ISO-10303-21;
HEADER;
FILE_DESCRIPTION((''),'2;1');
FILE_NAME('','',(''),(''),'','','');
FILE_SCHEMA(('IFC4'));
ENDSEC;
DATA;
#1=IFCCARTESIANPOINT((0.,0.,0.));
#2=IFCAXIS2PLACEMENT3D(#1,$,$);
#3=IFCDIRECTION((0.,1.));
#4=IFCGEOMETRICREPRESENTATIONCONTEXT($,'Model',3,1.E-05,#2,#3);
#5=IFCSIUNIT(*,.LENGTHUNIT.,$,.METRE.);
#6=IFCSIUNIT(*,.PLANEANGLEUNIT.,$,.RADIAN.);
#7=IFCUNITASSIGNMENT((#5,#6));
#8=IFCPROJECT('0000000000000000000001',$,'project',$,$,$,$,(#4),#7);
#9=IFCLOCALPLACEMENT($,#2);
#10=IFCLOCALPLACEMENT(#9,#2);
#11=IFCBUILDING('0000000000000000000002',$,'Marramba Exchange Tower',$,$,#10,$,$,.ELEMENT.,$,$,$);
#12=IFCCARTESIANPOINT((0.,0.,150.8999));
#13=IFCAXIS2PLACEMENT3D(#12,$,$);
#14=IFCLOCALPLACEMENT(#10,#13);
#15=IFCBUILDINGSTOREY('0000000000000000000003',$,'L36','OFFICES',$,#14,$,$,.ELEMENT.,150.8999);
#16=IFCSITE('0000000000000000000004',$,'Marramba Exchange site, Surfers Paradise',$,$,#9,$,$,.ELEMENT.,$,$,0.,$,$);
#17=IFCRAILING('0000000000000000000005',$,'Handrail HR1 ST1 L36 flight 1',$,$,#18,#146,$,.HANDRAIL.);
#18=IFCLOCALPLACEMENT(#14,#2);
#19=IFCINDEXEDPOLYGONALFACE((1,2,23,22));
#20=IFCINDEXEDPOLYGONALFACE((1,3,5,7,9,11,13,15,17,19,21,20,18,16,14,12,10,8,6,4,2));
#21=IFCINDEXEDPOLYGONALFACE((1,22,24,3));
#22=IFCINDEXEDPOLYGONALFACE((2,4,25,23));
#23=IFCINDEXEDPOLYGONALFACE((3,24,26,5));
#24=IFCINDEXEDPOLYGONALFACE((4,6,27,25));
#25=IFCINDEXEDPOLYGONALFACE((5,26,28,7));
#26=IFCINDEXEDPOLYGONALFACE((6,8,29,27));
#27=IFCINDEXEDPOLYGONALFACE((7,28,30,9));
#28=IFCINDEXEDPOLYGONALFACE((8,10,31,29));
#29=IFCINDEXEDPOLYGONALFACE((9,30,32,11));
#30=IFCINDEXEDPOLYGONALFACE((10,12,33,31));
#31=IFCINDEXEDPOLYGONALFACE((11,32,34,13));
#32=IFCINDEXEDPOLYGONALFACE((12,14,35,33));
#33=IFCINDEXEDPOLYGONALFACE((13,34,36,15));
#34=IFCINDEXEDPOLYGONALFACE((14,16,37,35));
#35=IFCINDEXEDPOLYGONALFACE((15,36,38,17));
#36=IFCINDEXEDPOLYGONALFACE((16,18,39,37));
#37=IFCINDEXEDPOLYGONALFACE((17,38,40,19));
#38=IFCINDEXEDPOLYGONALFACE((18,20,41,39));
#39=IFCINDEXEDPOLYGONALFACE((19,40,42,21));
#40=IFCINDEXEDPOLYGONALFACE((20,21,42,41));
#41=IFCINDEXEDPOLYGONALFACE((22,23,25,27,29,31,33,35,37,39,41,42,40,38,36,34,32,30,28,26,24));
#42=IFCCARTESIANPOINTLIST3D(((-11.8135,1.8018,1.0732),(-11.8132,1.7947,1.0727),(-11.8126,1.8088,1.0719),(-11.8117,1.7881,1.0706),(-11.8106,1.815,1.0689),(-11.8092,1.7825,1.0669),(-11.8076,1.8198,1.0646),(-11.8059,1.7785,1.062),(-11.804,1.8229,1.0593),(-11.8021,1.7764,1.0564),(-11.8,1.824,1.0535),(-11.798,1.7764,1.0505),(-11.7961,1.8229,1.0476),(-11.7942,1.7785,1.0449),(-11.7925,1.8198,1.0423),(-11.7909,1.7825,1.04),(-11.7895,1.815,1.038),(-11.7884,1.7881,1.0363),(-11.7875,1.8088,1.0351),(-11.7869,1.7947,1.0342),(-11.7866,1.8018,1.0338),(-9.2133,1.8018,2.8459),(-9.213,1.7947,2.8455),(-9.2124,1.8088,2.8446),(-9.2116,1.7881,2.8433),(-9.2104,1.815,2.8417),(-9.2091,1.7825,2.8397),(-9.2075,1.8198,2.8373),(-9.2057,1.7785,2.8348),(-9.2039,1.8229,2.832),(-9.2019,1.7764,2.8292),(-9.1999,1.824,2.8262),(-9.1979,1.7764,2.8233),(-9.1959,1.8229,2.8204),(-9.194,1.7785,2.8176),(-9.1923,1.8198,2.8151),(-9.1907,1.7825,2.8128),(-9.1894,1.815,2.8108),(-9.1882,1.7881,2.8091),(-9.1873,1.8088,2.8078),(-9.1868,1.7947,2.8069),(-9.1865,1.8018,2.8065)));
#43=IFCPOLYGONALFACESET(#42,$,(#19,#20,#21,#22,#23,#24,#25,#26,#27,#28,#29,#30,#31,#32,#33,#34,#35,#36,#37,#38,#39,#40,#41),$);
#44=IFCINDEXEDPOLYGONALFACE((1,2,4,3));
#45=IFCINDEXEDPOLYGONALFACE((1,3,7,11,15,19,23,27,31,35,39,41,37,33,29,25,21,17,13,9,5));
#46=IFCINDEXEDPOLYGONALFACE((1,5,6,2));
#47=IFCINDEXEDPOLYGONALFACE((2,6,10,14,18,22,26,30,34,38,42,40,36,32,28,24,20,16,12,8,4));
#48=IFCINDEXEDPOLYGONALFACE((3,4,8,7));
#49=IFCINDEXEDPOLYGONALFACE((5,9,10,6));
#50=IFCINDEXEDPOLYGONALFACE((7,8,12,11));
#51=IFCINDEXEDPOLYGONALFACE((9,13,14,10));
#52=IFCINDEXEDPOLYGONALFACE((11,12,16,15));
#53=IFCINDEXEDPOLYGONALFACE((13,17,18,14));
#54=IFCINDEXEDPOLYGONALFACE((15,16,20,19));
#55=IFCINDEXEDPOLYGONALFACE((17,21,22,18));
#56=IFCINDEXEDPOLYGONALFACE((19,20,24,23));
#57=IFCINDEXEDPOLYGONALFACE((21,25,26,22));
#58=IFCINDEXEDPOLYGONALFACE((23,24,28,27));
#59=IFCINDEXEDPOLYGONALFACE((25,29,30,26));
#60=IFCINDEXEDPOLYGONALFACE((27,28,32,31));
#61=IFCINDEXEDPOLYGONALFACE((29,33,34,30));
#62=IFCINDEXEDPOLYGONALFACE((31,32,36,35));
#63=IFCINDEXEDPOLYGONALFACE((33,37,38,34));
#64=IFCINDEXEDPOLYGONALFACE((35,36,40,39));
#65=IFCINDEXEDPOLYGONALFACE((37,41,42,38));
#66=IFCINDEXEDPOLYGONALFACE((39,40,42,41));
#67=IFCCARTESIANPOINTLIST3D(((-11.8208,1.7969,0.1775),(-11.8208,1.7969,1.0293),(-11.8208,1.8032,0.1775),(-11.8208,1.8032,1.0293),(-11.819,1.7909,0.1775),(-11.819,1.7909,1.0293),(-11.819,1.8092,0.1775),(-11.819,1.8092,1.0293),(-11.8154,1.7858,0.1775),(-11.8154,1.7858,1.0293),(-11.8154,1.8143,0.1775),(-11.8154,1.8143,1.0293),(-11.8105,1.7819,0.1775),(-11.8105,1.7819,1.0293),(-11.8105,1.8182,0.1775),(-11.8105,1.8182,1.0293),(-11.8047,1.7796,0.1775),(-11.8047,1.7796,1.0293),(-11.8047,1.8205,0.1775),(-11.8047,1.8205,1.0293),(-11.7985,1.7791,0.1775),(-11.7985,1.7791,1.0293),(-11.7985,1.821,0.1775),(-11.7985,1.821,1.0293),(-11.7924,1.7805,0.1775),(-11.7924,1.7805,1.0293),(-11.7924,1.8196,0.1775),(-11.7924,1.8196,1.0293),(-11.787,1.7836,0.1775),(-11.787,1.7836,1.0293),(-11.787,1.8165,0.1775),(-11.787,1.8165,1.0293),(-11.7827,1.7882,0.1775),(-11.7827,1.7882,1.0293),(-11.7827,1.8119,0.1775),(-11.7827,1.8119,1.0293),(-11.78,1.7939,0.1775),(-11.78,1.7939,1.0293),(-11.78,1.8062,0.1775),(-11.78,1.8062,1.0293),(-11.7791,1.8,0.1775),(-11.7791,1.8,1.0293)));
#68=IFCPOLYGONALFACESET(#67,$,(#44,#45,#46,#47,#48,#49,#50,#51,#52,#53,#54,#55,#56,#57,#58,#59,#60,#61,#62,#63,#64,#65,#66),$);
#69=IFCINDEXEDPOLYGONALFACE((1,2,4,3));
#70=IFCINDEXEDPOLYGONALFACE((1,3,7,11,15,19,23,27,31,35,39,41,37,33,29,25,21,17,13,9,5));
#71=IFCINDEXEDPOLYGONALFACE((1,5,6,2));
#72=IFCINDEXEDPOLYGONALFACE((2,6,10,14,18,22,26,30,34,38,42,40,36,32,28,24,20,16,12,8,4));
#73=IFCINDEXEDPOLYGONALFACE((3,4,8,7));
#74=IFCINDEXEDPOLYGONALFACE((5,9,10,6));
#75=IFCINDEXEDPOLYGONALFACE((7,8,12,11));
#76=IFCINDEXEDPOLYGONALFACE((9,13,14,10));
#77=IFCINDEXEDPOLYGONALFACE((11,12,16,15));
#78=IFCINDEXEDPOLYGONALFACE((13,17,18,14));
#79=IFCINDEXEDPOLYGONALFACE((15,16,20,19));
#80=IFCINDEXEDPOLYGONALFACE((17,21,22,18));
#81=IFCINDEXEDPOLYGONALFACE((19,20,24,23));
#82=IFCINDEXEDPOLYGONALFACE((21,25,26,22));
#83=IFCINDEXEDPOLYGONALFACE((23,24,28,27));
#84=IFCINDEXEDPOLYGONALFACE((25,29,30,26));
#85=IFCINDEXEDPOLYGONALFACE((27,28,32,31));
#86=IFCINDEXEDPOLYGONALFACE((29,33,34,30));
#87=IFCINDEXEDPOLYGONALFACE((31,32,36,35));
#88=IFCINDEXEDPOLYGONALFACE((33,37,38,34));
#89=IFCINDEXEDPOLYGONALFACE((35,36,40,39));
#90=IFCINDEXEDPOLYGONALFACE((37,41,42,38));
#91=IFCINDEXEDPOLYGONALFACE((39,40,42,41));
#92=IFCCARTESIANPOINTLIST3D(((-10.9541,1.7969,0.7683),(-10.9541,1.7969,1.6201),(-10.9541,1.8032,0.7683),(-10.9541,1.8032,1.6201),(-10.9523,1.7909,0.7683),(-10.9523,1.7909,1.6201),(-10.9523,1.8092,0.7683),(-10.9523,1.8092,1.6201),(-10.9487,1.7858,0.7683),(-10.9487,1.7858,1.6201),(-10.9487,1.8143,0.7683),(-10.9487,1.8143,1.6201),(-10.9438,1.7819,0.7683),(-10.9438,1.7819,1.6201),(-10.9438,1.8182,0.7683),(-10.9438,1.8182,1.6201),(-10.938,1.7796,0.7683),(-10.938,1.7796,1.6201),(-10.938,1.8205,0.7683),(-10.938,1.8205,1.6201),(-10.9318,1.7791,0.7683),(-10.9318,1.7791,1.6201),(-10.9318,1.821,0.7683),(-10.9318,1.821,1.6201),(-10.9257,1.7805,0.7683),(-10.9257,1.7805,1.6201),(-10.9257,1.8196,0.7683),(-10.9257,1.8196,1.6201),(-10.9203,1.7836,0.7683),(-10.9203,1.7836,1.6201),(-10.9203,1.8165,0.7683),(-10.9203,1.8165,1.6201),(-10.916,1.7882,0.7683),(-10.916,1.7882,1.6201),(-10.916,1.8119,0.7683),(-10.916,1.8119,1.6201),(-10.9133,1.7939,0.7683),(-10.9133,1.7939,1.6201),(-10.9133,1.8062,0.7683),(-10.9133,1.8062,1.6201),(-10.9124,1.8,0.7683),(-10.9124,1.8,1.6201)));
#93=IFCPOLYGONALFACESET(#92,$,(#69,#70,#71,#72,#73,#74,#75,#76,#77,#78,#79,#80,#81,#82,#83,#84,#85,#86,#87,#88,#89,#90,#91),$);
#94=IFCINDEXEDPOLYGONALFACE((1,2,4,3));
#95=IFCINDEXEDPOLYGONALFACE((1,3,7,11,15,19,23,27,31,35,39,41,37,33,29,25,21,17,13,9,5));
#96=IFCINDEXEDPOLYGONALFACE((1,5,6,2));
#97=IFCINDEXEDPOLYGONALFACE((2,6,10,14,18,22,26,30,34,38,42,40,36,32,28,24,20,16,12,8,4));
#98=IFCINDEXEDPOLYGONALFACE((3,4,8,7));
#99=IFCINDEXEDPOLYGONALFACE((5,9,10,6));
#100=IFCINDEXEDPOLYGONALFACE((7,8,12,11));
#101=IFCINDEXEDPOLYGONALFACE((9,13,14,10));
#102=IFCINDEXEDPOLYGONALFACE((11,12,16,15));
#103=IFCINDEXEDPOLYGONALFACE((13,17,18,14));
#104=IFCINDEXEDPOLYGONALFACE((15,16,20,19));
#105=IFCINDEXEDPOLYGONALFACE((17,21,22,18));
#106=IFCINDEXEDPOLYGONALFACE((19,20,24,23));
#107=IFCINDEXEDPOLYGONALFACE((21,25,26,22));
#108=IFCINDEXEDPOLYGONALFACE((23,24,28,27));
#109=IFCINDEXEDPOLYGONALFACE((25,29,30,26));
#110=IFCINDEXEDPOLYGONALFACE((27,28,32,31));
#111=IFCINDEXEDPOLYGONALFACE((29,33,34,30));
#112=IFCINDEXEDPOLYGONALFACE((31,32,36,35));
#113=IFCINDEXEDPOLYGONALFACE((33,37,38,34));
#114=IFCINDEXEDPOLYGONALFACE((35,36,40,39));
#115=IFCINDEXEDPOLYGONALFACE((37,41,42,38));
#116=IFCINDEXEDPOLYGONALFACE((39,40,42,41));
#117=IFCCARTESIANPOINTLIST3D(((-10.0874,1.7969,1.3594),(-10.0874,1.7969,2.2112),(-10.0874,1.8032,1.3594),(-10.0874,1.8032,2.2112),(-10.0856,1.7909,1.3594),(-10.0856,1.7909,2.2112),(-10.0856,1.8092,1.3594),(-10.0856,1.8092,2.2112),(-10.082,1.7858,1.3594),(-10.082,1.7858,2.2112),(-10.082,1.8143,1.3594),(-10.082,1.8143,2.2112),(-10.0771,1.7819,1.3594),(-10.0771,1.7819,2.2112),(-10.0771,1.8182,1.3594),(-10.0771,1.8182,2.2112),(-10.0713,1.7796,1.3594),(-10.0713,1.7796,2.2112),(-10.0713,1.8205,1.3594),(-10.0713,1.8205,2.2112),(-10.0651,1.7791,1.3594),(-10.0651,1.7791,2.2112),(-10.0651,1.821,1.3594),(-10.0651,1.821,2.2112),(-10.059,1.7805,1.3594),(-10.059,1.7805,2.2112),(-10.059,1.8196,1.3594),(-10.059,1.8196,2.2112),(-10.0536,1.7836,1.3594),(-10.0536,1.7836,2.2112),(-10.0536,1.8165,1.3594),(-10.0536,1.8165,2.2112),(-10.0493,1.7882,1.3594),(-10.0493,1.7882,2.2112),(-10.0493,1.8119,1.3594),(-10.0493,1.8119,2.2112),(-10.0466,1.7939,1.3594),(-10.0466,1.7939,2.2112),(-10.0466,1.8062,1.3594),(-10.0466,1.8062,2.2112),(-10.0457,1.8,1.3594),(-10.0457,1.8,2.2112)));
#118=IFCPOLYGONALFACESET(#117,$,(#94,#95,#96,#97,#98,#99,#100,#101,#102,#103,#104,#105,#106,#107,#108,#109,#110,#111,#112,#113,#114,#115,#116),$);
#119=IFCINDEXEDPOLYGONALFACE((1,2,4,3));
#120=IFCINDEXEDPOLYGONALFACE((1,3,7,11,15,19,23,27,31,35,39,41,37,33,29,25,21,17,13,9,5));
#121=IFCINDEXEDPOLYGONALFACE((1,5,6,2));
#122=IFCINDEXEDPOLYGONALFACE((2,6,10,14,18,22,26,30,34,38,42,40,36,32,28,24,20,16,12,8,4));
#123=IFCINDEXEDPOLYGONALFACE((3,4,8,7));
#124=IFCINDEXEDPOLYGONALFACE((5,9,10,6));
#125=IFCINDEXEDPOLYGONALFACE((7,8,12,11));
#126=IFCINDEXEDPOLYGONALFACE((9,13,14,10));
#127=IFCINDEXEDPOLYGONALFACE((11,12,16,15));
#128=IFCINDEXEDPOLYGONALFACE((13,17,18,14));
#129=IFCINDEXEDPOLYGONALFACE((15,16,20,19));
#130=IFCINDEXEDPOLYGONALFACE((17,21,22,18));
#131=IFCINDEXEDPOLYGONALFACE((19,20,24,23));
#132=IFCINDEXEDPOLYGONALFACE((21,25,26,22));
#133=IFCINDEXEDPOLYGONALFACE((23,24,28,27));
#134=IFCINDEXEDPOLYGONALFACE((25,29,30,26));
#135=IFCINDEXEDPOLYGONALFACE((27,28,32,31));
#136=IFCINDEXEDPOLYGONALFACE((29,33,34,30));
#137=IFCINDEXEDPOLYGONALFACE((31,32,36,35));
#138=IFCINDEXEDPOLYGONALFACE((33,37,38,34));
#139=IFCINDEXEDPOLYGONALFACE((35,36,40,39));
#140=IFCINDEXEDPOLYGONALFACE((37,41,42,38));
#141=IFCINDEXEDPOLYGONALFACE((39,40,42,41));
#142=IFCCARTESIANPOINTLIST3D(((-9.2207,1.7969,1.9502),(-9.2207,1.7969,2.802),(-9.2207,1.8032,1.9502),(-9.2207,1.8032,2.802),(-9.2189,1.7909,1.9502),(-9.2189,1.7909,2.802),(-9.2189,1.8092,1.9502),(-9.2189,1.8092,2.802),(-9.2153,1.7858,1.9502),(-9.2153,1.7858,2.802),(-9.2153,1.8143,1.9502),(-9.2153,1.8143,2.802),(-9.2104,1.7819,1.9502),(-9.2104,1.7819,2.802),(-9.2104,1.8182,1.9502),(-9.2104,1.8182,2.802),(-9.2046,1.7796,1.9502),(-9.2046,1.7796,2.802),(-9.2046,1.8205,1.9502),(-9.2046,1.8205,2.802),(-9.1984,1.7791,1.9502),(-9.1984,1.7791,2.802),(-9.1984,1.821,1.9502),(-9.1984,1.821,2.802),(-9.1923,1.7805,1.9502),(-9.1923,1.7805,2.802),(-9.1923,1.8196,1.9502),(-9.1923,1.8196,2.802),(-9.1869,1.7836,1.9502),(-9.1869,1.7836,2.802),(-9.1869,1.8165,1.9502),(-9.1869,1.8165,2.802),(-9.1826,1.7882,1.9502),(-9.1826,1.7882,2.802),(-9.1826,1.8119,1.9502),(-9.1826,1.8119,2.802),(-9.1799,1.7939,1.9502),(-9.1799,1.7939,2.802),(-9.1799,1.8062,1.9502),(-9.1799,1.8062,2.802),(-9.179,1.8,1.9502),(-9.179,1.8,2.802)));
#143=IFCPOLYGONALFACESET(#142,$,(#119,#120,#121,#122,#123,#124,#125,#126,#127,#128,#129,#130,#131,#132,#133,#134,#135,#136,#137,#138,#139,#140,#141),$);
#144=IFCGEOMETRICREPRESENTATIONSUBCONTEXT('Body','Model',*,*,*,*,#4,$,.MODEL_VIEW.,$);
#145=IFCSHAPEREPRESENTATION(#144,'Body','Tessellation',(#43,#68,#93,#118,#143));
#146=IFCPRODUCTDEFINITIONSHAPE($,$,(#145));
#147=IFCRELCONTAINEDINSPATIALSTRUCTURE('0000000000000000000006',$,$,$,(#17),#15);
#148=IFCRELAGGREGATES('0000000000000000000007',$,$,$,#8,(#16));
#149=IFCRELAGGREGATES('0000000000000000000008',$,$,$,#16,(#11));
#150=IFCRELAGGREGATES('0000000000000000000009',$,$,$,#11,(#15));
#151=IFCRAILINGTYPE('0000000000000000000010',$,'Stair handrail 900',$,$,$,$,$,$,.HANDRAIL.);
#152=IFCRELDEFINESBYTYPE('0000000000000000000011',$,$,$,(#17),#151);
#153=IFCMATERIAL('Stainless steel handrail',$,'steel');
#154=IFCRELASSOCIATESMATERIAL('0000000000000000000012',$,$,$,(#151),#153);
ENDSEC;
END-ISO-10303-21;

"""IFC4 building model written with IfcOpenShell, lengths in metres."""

from ifc_helpers import new_model, si_unit, direction, frame, origin, origin_2d, place, context, subcontext, project, spatial, circle, extrude, material, type_object, element, save


model = new_model("IFC4")

# Units and contexts
model_context = context("Model", 3, precision=1e-05, world=origin(), true_north=direction((0.0, 1.0)))
body_context = subcontext(model_context, "Body", "Model", "MODEL_VIEW")
ifc_project = project(units=[si_unit("LENGTHUNIT", "METRE"), si_unit("PLANEANGLEUNIT", "RADIAN")], contexts=[model_context])

# Site, building, storey
site_placement = place(None, origin())
site = spatial("IfcSite", under=ifc_project, at=site_placement, Name="Marramba Exchange site, Surfers Paradise", CompositionType="ELEMENT", RefElevation=0.0)
building_placement = place(site_placement, origin())
building = spatial("IfcBuilding", under=site, at=building_placement, Name="Marramba Exchange Tower", CompositionType="ELEMENT")
storey_placement = place(building_placement, frame((0.0, 0.0, 150.8999)))
storey = spatial("IfcBuildingStorey", under=building, at=storey_placement, Name="L36", Description="OFFICES", CompositionType="ELEMENT", Elevation=150.8999)

# Railing
ifc_material_1 = material(Name="Stainless steel handrail", Category="steel")
railing_type = type_object("IfcRailingType", Name="Stair handrail 900", PredefinedType="HANDRAIL", material=ifc_material_1)
railing_placement = place(storey_placement, frame((-11.8, 1.8, 0.1775)))
element("IfcRailing", 1, at=railing_placement, inside=storey, type_object=railing_type, Name="Handrail HR1 ST1 L36 flight 1", PredefinedType="HANDRAIL", context=body_context, shape_type="SweptSolid", body=[
    extrude(circle(Radius=0.0239, at=origin_2d()), frame((0.0, 0.0, 0.876), z_axis=(0.82624, 0.0, 0.563318), x_axis=(0.0, 1.0, 0.0)), (0.0, 0.0, 1.0), 3.147),
    extrude(circle(Radius=0.021, at=origin_2d()), origin(), (0.0, 0.0, 1.0), 0.8518),
    extrude(circle(Radius=0.021, at=origin_2d()), frame((0.8667, 0.0, 0.5908)), (0.0, 0.0, 1.0), 0.8518),
    extrude(circle(Radius=0.021, at=origin_2d()), frame((1.7334, 0.0, 1.1819)), (0.0, 0.0, 1.0), 0.8518),
    extrude(circle(Radius=0.021, at=origin_2d()), frame((2.6001, 0.0, 1.7727)), (0.0, 0.0, 1.0), 0.8518),
])

save(model, "model.ifc")
